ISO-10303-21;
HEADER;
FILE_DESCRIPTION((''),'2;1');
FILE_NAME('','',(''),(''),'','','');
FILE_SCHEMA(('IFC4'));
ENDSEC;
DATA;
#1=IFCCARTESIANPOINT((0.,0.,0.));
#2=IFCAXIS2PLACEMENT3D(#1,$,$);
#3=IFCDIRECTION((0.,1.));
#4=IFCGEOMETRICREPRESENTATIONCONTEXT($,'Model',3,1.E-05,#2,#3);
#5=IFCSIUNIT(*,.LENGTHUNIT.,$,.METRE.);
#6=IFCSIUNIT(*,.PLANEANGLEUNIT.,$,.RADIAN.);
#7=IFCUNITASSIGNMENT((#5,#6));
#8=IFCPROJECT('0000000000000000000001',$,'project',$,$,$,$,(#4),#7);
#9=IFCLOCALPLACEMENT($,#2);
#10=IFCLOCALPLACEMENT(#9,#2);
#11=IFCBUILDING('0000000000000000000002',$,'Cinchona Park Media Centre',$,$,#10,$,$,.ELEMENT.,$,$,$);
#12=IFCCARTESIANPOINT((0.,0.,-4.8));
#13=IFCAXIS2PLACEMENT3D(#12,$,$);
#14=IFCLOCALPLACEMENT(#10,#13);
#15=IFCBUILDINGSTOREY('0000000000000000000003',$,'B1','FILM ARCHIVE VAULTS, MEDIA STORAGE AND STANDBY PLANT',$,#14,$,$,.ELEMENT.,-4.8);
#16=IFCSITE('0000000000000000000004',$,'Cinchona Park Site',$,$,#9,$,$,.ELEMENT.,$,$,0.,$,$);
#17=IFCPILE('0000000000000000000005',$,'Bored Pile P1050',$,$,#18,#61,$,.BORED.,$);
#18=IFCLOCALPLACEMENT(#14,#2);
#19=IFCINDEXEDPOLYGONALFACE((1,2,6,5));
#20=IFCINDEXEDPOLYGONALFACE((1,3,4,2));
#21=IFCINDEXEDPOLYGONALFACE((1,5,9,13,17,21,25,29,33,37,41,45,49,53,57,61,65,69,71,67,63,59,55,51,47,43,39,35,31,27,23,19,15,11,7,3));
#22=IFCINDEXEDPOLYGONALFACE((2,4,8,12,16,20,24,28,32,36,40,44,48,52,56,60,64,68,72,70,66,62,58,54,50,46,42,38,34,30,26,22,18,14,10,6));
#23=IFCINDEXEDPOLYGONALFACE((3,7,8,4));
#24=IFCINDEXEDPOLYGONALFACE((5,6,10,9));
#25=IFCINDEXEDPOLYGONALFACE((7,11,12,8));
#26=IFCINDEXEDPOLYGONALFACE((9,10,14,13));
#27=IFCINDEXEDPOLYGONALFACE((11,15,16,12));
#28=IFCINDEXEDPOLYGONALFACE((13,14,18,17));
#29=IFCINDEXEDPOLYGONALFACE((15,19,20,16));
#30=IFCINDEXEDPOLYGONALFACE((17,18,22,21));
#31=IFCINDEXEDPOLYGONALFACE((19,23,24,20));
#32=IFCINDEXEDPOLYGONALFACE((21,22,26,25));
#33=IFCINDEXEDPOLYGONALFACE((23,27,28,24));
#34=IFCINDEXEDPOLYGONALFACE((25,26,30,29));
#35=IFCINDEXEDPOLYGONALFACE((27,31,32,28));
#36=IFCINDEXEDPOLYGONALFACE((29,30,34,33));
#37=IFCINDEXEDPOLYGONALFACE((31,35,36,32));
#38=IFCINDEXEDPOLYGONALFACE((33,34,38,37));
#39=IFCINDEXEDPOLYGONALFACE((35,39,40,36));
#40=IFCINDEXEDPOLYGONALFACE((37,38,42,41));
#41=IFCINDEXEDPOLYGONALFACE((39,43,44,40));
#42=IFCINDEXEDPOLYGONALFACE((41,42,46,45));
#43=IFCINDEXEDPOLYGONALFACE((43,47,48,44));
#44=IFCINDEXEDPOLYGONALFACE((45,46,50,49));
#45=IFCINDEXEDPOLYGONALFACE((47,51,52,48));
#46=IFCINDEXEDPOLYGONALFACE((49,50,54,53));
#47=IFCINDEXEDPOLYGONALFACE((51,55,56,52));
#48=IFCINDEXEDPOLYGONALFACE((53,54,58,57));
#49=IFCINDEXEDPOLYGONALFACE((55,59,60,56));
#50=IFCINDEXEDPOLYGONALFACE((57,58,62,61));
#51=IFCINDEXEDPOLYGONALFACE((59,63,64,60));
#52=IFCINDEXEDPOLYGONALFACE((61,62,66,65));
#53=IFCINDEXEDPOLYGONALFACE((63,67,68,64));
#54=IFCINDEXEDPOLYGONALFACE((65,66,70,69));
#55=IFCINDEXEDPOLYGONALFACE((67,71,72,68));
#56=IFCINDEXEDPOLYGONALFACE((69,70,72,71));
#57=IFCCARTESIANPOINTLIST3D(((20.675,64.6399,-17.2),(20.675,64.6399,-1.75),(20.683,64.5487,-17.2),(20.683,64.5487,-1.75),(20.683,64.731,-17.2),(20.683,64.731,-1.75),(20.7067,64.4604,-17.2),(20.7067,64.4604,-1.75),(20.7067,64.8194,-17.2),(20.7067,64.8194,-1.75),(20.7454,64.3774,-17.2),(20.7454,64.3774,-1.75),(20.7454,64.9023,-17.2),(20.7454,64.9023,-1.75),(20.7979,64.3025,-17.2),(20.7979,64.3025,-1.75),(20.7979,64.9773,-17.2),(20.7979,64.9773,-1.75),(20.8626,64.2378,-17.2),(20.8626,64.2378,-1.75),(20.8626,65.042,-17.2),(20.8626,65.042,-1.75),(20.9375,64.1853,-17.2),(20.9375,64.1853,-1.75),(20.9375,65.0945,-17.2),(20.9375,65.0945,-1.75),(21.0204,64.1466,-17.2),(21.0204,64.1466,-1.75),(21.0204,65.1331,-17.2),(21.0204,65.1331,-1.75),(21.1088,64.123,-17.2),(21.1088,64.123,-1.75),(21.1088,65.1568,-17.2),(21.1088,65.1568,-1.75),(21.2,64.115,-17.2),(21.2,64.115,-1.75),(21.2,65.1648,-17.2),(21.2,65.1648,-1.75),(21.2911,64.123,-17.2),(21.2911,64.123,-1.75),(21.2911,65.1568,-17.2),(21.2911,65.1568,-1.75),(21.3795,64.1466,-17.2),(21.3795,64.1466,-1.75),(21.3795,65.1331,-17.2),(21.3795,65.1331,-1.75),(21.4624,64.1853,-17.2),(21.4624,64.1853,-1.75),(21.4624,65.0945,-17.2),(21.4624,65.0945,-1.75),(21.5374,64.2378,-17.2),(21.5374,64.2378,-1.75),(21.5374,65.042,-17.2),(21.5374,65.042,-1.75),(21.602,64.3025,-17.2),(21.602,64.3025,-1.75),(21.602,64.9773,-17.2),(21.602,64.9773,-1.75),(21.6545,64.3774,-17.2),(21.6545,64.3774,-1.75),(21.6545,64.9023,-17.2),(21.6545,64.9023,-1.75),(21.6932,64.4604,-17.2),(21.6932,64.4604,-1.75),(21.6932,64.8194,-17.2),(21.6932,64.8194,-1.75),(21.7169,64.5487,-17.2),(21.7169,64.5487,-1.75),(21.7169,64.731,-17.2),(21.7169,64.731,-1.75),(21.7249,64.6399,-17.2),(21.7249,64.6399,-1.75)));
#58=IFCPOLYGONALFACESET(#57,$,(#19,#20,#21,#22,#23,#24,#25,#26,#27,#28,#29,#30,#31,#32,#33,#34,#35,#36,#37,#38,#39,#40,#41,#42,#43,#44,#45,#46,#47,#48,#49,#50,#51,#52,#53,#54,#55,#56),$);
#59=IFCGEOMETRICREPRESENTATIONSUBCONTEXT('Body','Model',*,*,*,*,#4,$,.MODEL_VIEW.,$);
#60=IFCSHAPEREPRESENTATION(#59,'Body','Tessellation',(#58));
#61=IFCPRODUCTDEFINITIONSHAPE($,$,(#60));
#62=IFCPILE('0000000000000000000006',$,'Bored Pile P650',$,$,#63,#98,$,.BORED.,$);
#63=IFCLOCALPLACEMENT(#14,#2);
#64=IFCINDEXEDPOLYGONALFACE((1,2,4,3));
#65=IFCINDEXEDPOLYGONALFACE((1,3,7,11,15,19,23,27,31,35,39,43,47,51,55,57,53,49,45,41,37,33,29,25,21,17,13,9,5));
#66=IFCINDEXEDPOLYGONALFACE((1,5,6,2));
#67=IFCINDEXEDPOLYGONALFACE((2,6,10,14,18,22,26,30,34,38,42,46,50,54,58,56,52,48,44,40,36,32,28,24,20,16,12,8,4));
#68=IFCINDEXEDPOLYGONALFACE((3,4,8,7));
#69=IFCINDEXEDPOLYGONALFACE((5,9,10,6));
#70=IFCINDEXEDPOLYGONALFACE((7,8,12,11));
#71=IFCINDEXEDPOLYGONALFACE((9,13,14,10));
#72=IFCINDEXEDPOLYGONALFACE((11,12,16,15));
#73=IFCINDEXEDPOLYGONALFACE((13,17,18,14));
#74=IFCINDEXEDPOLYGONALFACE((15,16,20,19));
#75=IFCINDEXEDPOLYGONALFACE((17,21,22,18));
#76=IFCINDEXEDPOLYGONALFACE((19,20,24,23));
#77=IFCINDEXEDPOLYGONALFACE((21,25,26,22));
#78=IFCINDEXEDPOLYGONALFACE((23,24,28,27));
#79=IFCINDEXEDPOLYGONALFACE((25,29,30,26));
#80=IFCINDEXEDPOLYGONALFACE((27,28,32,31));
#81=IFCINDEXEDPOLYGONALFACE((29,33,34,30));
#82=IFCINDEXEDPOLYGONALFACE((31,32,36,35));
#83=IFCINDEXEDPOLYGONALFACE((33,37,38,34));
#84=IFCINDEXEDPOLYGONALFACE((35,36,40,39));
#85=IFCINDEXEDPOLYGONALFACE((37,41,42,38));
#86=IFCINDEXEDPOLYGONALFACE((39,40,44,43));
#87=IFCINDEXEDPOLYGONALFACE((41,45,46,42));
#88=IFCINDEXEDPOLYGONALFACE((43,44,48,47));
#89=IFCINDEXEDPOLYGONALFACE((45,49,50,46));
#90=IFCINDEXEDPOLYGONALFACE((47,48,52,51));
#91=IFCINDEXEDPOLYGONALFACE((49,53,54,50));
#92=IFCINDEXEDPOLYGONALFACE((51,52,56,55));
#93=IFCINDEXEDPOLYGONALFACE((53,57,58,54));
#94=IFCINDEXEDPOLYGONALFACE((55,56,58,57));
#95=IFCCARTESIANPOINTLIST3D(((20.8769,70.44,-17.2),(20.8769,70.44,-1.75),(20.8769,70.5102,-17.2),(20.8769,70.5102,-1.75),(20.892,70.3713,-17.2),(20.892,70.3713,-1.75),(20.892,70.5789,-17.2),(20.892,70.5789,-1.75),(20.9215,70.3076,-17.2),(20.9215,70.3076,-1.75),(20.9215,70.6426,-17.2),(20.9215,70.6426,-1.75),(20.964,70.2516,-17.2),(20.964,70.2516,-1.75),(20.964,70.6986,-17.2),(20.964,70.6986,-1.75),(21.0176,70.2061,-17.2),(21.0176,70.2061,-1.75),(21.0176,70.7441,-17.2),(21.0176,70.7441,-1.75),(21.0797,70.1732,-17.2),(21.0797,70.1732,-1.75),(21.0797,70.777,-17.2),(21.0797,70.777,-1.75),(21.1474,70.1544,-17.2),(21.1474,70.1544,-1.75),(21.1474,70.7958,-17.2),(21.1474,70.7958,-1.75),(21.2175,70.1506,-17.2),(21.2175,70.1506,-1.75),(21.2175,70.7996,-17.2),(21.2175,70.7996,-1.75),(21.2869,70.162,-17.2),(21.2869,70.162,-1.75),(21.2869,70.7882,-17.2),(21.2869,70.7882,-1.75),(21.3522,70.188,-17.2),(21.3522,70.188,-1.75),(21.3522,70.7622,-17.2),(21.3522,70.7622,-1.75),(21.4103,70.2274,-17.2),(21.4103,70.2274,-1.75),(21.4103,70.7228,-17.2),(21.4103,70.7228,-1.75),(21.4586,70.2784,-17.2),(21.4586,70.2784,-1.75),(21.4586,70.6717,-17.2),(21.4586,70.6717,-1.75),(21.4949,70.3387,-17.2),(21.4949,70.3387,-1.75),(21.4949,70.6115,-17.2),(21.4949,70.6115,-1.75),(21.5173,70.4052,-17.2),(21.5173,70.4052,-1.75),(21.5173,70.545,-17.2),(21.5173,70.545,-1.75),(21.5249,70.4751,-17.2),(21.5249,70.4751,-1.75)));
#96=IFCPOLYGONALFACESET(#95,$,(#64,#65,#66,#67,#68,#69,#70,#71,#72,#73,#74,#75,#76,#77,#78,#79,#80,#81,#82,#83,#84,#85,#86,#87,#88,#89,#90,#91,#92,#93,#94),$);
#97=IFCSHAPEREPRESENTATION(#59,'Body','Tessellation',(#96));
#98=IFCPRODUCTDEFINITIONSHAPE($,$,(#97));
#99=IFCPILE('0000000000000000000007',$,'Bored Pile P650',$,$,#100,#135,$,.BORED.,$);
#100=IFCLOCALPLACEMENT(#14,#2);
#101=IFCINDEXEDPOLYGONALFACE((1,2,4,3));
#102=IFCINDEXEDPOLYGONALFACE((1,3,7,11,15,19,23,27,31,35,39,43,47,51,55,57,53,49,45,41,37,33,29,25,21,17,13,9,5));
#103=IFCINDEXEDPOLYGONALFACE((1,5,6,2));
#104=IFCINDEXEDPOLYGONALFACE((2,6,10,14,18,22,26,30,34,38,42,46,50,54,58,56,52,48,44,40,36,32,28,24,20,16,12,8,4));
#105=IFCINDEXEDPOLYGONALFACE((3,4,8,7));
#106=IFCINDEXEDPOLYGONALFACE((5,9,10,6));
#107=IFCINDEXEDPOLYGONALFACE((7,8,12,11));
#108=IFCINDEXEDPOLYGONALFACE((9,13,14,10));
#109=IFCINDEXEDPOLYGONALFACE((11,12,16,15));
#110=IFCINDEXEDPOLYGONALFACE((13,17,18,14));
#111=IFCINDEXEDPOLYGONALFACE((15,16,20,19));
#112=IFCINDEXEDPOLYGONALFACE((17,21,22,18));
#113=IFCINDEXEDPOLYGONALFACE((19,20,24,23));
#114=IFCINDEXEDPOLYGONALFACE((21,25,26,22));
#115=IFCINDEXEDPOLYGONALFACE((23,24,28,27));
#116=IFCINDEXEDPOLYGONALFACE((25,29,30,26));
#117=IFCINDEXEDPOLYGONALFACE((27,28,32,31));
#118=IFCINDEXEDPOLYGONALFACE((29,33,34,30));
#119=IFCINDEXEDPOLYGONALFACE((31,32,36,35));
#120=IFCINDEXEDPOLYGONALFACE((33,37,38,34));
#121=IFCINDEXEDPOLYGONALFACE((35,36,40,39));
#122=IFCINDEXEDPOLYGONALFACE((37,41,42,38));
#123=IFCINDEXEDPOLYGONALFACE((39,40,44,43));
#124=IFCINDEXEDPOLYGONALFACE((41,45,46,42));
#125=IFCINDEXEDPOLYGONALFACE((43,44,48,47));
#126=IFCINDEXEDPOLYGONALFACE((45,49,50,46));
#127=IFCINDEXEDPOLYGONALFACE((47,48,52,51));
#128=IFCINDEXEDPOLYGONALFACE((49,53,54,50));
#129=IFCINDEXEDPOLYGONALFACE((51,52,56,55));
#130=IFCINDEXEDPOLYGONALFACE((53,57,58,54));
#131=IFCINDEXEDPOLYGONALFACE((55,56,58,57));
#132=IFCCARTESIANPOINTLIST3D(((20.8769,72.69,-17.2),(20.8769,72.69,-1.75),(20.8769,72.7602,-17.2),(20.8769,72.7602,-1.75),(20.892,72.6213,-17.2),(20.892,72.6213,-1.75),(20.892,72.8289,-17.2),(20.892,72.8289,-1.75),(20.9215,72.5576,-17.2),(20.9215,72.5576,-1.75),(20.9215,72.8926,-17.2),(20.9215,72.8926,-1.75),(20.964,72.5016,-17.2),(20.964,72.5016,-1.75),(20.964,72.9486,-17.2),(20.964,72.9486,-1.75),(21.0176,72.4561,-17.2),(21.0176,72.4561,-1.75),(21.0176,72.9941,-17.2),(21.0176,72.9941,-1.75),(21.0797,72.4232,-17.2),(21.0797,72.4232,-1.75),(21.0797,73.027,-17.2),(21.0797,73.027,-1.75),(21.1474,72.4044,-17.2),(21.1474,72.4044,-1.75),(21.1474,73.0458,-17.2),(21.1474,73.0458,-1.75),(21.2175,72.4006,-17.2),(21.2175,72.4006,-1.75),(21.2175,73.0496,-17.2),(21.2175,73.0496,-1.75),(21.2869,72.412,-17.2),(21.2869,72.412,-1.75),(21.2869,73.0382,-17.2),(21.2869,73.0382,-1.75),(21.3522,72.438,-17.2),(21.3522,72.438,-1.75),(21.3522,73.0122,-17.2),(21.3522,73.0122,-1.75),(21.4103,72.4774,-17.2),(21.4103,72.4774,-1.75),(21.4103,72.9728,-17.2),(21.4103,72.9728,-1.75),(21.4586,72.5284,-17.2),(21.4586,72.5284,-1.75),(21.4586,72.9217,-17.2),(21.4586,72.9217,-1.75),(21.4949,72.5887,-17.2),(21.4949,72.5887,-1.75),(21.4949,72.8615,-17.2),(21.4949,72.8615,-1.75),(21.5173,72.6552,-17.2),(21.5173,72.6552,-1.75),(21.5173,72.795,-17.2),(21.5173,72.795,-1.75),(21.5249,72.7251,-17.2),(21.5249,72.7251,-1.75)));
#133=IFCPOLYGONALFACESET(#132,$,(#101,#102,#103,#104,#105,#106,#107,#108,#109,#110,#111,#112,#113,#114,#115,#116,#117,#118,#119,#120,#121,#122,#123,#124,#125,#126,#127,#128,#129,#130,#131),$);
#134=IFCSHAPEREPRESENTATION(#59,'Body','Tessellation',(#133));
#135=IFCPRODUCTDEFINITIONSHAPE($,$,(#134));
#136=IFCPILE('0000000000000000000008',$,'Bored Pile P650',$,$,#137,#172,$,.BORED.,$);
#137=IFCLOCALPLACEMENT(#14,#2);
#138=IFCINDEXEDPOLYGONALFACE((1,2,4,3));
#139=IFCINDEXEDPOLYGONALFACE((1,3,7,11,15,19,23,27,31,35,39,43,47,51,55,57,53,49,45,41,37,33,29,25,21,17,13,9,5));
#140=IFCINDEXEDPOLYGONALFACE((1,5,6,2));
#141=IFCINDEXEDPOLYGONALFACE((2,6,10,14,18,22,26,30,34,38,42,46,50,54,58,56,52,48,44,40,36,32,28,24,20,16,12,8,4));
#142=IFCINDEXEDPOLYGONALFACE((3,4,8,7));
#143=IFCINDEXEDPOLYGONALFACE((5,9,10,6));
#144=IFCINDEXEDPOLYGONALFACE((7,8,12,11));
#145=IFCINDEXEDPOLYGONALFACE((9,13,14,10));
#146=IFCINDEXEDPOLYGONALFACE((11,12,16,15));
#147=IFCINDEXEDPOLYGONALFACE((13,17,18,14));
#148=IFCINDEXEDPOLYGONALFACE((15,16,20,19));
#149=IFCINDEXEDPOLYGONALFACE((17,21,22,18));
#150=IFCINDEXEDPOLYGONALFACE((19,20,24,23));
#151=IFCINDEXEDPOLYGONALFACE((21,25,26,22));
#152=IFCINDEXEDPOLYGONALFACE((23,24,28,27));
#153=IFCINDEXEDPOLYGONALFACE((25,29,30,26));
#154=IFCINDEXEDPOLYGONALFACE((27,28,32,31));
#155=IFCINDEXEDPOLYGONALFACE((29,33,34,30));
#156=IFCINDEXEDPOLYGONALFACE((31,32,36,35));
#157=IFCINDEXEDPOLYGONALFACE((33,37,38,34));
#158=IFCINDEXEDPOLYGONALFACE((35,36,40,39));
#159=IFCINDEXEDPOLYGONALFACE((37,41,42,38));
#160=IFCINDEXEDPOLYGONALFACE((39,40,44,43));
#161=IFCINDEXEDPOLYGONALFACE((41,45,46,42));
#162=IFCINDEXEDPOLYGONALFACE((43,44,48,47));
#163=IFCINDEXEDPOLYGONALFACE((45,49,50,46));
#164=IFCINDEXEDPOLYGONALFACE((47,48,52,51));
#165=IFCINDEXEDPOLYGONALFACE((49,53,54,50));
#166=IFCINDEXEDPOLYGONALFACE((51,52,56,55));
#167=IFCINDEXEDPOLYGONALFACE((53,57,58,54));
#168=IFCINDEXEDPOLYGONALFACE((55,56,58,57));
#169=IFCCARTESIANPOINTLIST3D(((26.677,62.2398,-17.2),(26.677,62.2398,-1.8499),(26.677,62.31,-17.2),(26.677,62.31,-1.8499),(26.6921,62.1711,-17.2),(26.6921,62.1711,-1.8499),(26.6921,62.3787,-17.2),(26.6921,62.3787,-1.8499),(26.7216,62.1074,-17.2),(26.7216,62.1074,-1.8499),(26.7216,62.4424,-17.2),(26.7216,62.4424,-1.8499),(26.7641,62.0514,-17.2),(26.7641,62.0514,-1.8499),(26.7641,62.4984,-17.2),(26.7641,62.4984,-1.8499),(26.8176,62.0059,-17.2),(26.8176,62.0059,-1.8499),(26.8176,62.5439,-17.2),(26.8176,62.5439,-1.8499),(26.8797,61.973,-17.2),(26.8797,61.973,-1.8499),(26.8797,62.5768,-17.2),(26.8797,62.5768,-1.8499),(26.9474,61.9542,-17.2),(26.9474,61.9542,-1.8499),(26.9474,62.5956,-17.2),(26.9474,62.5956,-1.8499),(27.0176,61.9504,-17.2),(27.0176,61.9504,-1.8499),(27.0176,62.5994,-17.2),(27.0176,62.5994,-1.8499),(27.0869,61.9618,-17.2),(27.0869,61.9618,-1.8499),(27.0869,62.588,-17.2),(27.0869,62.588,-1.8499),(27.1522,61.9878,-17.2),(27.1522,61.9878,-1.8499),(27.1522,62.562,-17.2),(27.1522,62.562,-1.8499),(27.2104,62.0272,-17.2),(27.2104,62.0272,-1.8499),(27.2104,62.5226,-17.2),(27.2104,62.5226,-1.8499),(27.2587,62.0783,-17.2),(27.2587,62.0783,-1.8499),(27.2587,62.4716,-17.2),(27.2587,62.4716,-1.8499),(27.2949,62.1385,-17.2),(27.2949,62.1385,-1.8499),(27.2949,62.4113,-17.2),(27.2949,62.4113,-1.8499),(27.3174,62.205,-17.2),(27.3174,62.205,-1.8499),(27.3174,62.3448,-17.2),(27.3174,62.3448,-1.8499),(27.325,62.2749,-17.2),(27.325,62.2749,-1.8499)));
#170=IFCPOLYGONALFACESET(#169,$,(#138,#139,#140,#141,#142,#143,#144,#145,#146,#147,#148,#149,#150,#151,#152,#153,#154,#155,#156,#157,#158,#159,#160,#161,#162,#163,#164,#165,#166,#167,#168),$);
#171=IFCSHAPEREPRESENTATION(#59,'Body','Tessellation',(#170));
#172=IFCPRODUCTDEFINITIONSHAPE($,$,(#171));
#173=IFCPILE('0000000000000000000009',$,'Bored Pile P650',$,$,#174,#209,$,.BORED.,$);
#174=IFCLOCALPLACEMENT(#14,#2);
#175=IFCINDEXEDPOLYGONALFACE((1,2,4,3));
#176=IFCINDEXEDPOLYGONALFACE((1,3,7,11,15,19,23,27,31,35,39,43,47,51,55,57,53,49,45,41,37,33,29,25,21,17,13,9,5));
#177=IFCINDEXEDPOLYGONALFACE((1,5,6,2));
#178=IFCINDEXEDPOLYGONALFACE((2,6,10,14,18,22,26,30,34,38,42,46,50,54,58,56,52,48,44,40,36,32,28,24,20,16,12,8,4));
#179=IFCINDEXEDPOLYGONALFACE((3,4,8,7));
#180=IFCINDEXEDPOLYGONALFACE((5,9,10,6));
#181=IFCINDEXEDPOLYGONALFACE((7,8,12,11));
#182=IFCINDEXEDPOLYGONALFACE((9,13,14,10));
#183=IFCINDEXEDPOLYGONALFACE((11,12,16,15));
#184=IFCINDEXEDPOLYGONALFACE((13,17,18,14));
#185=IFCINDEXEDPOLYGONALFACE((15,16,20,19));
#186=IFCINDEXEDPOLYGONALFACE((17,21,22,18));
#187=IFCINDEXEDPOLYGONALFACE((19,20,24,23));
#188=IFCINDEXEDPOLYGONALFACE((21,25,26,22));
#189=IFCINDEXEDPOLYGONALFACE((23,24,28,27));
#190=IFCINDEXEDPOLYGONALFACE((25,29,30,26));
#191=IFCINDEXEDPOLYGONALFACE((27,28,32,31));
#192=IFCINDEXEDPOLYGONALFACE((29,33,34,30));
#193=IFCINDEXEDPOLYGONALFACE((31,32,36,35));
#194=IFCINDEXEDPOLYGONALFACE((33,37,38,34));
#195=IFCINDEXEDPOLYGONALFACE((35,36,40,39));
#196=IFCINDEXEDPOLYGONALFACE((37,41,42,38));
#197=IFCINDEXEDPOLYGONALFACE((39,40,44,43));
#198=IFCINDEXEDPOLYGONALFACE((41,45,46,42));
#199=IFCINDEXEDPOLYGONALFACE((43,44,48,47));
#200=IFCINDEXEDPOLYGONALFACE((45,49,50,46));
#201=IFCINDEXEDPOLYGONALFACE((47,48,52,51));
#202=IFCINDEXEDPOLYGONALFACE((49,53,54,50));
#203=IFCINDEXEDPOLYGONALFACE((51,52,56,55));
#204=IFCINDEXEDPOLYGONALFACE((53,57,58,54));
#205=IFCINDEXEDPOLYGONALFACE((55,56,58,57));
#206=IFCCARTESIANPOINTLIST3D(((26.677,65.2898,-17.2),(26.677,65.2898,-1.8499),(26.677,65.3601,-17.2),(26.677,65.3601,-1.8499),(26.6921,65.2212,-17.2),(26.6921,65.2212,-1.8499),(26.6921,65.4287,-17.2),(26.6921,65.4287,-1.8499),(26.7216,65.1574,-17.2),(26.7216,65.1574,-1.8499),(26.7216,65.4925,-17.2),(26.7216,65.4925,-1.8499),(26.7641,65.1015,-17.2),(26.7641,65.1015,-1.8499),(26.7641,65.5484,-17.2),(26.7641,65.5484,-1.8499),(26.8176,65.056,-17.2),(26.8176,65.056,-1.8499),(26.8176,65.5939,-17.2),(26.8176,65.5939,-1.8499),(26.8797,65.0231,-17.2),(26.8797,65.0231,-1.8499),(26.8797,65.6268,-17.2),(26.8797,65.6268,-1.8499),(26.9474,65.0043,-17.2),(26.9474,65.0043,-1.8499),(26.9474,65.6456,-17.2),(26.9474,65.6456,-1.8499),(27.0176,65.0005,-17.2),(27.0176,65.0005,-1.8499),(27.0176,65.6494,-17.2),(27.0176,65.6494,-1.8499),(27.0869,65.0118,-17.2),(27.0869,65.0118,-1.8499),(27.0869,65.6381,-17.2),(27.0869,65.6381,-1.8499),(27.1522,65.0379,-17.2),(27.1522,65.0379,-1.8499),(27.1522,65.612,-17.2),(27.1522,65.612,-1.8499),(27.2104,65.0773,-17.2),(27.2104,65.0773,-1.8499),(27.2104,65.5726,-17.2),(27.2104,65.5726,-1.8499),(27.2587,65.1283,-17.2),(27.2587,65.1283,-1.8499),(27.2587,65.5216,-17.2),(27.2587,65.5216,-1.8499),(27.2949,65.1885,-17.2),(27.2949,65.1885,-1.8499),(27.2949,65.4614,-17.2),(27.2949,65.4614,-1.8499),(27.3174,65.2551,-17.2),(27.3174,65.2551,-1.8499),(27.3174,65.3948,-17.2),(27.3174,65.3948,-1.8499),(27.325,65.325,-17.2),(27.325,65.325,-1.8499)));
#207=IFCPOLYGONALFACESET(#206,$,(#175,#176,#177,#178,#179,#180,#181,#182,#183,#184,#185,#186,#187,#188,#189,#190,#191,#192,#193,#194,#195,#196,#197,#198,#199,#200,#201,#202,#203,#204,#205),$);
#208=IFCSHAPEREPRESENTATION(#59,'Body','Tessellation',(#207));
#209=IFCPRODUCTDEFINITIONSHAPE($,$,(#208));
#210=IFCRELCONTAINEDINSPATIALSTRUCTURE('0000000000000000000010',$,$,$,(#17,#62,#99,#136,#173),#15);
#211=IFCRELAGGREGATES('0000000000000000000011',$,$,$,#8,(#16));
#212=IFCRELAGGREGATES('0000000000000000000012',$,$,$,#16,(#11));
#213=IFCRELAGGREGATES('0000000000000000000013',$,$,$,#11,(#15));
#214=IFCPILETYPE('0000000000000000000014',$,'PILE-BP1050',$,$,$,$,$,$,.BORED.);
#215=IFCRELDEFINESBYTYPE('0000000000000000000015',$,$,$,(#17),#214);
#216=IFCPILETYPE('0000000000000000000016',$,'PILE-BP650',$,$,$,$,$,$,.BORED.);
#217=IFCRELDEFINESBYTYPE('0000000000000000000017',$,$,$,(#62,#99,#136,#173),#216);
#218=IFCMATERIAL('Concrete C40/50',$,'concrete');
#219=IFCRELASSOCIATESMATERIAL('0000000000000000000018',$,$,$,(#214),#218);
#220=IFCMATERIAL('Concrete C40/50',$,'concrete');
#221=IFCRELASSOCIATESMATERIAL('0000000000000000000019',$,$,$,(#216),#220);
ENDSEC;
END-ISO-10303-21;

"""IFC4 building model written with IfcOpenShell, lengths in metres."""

from ifc_helpers import new_model, si_unit, direction, frame, origin, origin_2d, place, context, subcontext, project, spatial, circle, extrude, material, material_profile, profile_set, type_object, element, save


model = new_model("IFC4")

# Units and contexts
model_context = context("Model", 3, precision=1e-05, world=origin(), true_north=direction((0.0, 1.0)))
body_context = subcontext(model_context, "Body", "Model", "MODEL_VIEW")
ifc_project = project(units=[si_unit("LENGTHUNIT", "METRE"), si_unit("PLANEANGLEUNIT", "RADIAN")], contexts=[model_context])

# Site, building, storey
site_placement = place(None, origin())
site = spatial("IfcSite", under=ifc_project, at=site_placement, Name="Cinchona Park Site", CompositionType="ELEMENT", RefElevation=0.0)
building_placement = place(site_placement, origin())
building = spatial("IfcBuilding", under=site, at=building_placement, Name="Cinchona Park Media Centre", CompositionType="ELEMENT")
storey_placement = place(building_placement, frame((0.0, 0.0, -4.8)))
storey = spatial("IfcBuildingStorey", under=building, at=storey_placement, Name="B1", Description="FILM ARCHIVE VAULTS, MEDIA STORAGE AND STANDBY PLANT", CompositionType="ELEMENT", Elevation=-4.8)

# Piles
ifc_material_1 = material(Name="Concrete C40/50", Category="concrete")
ifc_material_profile_1 = material_profile(ifc_material_1, circle(Radius=0.5249, at=origin_2d()), Name="BORED PILE 1050")
ifc_profile_set_1 = profile_set([ifc_material_profile_1], Name="Concrete C40/50")
pile_type_1 = type_object("IfcPileType", Name="PILE-BP1050", PredefinedType="BORED", material=ifc_profile_set_1)
pile_1_placement = place(storey_placement, frame((21.2, 64.6399, -1.75), z_axis=(0.0, 0.0, -1.0), x_axis=(1.0, 0.0, 0.0)))
element("IfcPile", 1, at=pile_1_placement, inside=storey, type_object=pile_type_1, Name="Bored Pile P1050", PredefinedType="BORED", context=body_context, shape_type="SweptSolid", body=[
    extrude(circle(Radius=0.5249, at=origin_2d()), origin(), (0.0, 0.0, 1.0), 15.45),
])
ifc_material_2 = material(Name="Concrete C40/50", Category="concrete")
ifc_material_profile_2 = material_profile(ifc_material_2, circle(Radius=0.325, at=origin_2d()), Name="BORED PILE 650")
ifc_profile_set_2 = profile_set([ifc_material_profile_2], Name="Concrete C40/50")
pile_type_2 = type_object("IfcPileType", Name="PILE-BP650", PredefinedType="BORED", material=ifc_profile_set_2)
for number, where, z_axis, x_axis, name in (
    (2, (21.2, 70.4751, -1.75), (0.0, 0.0, -1.0), (1.0, 0.0, 0.0), "Bored Pile P650"),
    (3, (21.2, 72.7251, -1.75), (0.0, 0.0, -1.0), (1.0, 0.0, 0.0), "Bored Pile P650"),
):
    element("IfcPile", number, at=place(storey_placement, frame(where, z_axis=z_axis, x_axis=x_axis)), inside=storey, type_object=pile_type_2, Name=name, PredefinedType="BORED", context=body_context, shape_type="SweptSolid", body=[
        extrude(circle(Radius=0.325, at=origin_2d()), origin(), (0.0, 0.0, 1.0), 15.45),
    ])
for number, where, z_axis, x_axis, name in (
    (4, (27.0, 62.2749, -1.8499), (0.0, 0.0, -1.0), (1.0, 0.0, 0.0), "Bored Pile P650"),
    (5, (27.0, 65.325, -1.8499), (0.0, 0.0, -1.0), (1.0, 0.0, 0.0), "Bored Pile P650"),
):
    element("IfcPile", number, at=place(storey_placement, frame(where, z_axis=z_axis, x_axis=x_axis)), inside=storey, type_object=pile_type_2, Name=name, PredefinedType="BORED", context=body_context, shape_type="SweptSolid", body=[
        extrude(circle(Radius=0.325, at=origin_2d()), origin(), (0.0, 0.0, 1.0), 15.3501),
    ])

save(model, "model.ifc")
